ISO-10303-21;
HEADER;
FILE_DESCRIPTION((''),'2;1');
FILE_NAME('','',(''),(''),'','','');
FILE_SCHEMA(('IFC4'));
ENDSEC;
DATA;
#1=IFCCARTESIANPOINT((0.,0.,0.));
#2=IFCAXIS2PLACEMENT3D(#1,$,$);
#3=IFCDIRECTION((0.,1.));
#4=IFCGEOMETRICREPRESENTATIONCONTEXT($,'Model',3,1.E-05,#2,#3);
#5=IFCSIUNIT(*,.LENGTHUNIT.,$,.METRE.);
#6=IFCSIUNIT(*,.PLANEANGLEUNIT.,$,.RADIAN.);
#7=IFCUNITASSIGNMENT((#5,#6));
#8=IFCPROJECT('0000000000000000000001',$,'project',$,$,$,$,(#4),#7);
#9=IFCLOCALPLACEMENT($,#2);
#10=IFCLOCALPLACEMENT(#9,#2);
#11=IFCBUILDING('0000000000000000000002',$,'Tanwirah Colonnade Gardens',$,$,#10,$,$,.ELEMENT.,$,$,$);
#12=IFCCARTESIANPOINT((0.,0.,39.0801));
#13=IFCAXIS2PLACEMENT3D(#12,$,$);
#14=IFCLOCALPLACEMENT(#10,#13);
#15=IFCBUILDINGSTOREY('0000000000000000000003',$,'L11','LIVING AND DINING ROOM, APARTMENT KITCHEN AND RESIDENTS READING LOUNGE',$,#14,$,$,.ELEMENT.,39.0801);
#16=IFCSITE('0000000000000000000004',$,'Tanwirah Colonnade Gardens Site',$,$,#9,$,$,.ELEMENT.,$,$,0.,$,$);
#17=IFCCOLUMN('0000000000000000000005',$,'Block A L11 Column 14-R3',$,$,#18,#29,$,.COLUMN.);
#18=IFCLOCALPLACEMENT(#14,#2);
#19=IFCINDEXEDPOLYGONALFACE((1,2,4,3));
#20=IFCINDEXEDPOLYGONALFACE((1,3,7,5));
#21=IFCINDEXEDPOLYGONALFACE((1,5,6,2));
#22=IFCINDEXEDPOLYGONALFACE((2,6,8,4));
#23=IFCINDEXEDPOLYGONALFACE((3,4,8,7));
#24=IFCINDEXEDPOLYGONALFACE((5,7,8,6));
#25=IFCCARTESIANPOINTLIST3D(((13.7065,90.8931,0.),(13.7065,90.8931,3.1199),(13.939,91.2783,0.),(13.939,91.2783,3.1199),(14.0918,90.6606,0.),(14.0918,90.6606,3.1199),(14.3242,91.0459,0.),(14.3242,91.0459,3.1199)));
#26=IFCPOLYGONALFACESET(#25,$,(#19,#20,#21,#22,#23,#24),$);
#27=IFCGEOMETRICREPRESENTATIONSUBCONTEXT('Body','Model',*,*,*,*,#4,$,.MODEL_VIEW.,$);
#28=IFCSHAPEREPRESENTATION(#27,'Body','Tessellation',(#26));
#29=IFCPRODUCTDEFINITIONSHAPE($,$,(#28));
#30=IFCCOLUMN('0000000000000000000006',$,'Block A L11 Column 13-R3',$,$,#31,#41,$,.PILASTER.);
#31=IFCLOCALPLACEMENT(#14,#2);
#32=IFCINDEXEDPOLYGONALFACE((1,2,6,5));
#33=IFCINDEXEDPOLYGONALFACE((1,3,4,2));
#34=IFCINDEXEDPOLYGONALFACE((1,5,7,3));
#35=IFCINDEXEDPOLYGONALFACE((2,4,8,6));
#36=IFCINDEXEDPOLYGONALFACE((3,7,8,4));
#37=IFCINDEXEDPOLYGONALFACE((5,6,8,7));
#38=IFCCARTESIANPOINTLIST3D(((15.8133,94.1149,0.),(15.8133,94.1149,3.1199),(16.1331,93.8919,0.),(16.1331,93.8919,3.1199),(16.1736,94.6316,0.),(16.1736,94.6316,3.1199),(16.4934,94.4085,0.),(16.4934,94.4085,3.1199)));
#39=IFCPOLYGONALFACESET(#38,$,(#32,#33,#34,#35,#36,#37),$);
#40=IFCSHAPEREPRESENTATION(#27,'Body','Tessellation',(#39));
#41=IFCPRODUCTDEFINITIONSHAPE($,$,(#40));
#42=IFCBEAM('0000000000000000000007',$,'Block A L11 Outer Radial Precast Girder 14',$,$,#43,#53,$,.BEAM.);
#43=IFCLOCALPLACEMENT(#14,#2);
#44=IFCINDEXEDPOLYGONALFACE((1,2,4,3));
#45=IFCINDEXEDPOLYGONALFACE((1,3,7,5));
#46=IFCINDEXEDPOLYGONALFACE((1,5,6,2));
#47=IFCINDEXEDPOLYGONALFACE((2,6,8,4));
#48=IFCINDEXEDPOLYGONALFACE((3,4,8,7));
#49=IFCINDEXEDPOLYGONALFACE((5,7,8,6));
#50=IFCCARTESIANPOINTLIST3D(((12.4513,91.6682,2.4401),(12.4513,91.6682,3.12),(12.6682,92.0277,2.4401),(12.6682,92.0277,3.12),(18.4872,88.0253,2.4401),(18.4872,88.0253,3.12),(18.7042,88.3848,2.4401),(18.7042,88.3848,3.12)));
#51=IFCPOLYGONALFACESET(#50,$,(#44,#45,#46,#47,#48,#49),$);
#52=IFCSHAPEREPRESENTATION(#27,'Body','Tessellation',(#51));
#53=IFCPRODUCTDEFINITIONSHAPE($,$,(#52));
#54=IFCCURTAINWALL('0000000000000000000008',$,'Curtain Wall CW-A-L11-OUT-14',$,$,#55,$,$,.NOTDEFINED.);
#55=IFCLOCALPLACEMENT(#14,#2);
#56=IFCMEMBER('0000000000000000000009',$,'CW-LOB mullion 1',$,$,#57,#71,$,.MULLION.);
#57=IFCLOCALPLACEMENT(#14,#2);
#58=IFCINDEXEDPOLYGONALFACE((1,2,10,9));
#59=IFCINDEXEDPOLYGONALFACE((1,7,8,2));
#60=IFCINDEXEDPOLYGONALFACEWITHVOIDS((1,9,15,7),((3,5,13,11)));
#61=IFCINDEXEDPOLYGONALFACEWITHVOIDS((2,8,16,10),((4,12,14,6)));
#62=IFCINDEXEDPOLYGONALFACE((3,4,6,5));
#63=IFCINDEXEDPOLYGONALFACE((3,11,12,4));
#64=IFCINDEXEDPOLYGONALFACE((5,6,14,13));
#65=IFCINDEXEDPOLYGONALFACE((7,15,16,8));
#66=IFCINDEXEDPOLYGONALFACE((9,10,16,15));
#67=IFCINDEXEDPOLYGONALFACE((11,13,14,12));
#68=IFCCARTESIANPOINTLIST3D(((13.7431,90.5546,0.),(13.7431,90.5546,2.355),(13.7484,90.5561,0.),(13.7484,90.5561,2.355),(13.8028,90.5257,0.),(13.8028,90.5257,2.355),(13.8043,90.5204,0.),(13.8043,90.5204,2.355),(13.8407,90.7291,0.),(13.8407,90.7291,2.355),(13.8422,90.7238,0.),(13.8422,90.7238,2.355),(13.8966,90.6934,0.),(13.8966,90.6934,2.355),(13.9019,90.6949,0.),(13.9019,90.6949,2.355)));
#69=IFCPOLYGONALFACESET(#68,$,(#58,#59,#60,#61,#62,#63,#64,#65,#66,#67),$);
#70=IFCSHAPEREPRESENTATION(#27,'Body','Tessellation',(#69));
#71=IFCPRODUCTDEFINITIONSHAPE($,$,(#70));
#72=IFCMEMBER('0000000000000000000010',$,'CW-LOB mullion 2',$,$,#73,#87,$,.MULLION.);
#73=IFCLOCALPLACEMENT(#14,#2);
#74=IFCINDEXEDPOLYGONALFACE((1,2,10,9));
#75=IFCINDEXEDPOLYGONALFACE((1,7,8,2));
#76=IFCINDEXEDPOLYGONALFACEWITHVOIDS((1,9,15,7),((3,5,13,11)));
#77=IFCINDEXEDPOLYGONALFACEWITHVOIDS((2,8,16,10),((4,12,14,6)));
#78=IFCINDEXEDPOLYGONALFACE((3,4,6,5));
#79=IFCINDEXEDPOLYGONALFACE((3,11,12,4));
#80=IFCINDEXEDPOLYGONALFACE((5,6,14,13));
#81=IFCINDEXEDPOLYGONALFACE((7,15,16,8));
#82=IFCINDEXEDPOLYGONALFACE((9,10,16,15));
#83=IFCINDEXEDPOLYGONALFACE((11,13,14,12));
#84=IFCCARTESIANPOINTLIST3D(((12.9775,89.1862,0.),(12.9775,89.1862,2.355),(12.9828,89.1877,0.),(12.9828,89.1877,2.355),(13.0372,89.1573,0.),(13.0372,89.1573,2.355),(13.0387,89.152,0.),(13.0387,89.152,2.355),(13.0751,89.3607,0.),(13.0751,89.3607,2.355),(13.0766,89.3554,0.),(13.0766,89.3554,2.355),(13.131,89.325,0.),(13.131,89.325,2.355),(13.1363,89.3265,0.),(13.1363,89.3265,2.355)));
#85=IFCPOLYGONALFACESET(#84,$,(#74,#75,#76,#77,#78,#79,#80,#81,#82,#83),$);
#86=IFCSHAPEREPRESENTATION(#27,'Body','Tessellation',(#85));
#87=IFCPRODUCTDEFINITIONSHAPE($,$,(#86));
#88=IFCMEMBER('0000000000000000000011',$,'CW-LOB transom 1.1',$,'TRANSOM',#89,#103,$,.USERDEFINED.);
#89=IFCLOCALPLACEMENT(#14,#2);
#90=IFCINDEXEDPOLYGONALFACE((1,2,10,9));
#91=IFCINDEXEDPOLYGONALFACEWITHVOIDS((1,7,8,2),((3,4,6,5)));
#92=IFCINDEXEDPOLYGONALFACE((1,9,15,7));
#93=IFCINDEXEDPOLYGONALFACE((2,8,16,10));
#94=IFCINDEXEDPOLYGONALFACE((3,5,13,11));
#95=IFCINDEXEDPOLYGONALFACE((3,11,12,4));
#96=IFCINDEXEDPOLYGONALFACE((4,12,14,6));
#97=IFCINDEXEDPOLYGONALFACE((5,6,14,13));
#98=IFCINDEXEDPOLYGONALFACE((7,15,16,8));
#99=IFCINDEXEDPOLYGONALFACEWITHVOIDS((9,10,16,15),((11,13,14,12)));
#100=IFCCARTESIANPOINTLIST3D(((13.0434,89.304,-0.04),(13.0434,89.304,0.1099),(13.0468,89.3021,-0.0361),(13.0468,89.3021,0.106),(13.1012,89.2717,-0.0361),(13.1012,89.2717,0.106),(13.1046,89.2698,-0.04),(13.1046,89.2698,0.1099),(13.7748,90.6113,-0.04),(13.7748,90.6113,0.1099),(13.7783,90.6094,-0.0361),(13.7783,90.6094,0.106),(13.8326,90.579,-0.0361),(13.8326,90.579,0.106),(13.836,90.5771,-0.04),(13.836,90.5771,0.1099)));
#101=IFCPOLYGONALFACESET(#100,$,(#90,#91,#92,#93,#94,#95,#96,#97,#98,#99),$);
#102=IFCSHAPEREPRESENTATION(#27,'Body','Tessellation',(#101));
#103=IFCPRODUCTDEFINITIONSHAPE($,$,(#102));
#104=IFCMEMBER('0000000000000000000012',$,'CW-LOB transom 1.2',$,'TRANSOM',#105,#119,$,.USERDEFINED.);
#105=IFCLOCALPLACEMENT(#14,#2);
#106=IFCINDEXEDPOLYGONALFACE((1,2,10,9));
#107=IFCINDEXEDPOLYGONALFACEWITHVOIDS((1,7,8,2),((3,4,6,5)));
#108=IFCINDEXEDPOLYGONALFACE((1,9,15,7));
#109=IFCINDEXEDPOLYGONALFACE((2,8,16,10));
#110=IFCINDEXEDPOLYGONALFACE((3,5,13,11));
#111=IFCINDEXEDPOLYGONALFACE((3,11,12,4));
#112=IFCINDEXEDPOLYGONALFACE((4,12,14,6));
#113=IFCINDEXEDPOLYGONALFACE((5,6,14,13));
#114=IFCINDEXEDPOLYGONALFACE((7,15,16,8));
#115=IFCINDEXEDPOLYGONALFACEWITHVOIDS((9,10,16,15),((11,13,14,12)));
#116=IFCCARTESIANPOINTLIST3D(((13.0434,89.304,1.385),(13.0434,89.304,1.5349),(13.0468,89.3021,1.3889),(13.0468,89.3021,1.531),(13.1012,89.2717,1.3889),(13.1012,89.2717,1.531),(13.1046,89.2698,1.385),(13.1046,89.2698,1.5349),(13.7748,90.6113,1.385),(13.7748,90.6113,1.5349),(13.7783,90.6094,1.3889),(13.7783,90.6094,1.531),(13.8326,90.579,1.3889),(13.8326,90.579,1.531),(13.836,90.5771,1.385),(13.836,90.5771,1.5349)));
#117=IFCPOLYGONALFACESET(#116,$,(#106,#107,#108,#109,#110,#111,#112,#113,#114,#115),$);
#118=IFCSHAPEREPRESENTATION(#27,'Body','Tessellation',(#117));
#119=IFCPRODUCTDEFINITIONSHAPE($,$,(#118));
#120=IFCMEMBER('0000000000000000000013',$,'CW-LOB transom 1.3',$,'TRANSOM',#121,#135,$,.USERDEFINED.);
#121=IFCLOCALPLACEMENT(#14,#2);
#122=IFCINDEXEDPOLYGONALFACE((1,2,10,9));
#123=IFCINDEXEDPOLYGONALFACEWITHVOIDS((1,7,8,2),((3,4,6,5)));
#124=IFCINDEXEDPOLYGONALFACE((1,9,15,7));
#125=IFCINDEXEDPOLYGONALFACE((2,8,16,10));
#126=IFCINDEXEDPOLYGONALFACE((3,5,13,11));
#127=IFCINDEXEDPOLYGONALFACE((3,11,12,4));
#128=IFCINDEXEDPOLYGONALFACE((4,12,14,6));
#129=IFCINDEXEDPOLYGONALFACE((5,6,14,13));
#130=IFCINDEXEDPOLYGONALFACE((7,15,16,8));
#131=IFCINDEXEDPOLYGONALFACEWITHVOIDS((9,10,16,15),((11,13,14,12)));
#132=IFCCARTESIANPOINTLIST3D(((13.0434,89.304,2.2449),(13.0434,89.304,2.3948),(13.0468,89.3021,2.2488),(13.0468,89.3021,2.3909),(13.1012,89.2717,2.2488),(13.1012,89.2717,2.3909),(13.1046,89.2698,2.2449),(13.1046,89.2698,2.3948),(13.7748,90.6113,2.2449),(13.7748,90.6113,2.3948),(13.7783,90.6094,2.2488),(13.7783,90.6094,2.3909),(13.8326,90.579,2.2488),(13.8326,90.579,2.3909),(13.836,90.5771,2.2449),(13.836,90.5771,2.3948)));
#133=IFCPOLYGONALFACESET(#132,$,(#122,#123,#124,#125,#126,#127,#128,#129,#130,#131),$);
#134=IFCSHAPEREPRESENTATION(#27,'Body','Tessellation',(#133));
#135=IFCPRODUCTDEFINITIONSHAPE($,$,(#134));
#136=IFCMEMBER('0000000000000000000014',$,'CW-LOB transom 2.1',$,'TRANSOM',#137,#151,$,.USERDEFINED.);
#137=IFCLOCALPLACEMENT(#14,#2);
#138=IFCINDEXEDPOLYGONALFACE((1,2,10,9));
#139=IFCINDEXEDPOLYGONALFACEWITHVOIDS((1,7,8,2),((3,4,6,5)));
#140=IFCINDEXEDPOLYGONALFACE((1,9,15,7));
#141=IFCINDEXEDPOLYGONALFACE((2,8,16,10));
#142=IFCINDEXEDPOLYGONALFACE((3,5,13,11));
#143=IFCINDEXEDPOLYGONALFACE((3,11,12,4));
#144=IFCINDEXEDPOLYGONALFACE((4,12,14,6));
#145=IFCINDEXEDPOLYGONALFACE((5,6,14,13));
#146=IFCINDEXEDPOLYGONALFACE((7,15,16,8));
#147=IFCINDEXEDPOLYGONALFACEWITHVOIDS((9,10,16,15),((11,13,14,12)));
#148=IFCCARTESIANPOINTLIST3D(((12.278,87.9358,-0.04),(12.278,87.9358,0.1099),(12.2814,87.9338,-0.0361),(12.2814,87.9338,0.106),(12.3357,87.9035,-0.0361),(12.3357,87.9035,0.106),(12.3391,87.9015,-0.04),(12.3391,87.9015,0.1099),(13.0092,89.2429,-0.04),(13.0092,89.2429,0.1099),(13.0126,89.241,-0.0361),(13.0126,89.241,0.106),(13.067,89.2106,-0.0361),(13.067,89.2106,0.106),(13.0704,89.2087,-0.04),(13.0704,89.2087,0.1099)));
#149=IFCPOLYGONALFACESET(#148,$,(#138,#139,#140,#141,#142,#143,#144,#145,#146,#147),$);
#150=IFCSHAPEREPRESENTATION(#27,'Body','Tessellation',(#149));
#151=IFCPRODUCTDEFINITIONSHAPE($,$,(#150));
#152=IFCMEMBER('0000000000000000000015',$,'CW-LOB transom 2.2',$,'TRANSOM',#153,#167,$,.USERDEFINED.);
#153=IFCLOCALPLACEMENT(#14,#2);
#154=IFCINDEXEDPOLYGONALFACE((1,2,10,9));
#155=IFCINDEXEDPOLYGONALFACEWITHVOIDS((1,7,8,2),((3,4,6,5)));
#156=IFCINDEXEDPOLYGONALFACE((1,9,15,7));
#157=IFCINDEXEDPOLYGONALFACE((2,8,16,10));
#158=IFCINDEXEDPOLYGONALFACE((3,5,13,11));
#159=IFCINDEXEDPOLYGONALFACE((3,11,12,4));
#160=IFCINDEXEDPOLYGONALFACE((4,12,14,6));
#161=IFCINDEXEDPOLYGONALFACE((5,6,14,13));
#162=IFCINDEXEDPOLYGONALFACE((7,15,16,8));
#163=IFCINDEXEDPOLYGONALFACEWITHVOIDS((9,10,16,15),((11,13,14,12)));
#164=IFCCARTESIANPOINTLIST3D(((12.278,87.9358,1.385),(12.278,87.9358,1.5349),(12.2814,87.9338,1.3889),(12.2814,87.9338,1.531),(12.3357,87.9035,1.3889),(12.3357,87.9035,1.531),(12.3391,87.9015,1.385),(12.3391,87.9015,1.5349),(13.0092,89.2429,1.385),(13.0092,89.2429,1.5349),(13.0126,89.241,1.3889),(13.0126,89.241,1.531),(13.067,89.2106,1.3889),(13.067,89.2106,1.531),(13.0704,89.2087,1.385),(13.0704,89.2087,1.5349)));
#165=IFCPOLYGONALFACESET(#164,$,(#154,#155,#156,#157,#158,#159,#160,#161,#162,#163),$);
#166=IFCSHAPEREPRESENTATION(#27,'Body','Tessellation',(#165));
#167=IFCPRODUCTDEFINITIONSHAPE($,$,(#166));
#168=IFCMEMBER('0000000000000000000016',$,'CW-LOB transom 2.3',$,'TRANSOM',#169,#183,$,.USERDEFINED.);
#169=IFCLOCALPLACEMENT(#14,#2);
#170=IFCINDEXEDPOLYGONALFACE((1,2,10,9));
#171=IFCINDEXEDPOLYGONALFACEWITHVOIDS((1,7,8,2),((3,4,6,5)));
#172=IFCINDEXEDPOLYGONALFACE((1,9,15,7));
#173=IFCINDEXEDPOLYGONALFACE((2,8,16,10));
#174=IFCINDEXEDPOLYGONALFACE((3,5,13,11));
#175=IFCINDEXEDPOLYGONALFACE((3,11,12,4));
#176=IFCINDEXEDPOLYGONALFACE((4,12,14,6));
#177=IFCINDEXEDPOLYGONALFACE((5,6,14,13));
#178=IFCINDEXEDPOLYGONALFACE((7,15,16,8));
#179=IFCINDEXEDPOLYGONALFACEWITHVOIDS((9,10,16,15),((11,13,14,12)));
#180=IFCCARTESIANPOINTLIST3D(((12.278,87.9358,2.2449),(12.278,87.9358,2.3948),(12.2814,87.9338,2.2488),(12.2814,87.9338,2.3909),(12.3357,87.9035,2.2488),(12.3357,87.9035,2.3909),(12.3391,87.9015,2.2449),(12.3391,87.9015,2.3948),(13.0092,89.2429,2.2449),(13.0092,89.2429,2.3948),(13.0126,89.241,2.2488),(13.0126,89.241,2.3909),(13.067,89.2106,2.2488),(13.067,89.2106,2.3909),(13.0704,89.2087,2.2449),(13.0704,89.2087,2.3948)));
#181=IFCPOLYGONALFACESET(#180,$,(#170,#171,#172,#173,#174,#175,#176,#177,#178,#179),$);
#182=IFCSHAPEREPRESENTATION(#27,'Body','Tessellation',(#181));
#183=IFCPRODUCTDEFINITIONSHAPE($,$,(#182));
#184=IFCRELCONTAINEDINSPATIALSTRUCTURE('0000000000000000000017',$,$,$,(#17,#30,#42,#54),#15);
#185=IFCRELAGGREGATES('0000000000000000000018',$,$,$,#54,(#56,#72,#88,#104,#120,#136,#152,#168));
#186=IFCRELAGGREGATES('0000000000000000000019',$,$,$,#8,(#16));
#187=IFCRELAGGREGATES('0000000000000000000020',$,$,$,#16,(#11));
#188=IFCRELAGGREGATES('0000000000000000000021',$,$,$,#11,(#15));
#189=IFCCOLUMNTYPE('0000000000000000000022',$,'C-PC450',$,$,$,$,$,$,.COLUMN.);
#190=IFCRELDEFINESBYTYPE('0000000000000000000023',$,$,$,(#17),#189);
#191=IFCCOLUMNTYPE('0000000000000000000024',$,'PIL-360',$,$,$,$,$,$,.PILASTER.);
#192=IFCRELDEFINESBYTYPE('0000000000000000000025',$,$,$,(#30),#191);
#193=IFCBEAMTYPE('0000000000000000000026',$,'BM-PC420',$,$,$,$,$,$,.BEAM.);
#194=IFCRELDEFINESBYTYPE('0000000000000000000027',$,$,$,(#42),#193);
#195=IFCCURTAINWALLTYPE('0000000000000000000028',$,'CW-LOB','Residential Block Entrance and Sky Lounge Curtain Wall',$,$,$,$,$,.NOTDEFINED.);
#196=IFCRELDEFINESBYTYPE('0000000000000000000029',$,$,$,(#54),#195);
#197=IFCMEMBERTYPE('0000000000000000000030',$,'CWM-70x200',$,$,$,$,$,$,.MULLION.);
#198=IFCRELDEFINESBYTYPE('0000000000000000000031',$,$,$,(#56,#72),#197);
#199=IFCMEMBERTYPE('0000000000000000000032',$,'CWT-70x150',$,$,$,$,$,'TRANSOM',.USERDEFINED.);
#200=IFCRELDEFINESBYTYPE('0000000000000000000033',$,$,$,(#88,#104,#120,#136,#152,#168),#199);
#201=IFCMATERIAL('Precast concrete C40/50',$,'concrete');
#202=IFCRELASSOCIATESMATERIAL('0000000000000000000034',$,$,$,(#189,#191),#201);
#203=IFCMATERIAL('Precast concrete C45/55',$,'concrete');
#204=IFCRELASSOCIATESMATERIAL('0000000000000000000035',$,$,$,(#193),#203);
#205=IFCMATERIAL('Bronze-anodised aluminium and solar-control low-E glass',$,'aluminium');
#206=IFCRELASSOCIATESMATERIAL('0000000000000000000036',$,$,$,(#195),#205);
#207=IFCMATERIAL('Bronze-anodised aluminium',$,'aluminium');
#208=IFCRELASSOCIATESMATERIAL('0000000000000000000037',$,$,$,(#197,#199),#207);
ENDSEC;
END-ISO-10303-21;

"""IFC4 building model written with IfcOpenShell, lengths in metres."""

from ifc_helpers import new_model, si_unit, direction, frame, origin, origin_2d, place, context, subcontext, project, spatial, rectangle, hollow_rectangle, extrude, material, material_profile, profile_set, type_object, element, aggregate, save


model = new_model("IFC4")

# Units and contexts
model_context = context("Model", 3, precision=1e-05, world=origin(), true_north=direction((0.0, 1.0)))
body_context = subcontext(model_context, "Body", "Model", "MODEL_VIEW")
ifc_project = project(units=[si_unit("LENGTHUNIT", "METRE"), si_unit("PLANEANGLEUNIT", "RADIAN")], contexts=[model_context])

# Site, building, storey
site_placement = place(None, origin())
site = spatial("IfcSite", under=ifc_project, at=site_placement, Name="Tanwirah Colonnade Gardens Site", CompositionType="ELEMENT", RefElevation=0.0)
building_placement = place(site_placement, origin())
building = spatial("IfcBuilding", under=site, at=building_placement, Name="Tanwirah Colonnade Gardens", CompositionType="ELEMENT")
storey_placement = place(building_placement, frame((0.0, 0.0, 39.0801)))
storey = spatial("IfcBuildingStorey", under=building, at=storey_placement, Name="L11", Description="LIVING AND DINING ROOM, APARTMENT KITCHEN AND RESIDENTS READING LOUNGE", CompositionType="ELEMENT", Elevation=39.0801)

# Columns
ifc_material_1 = material(Name="Precast concrete C40/50", Category="concrete")
ifc_material_profile_1 = material_profile(ifc_material_1, rectangle(XDim=0.45, YDim=0.45, at=origin_2d()), Name="PC-COL 450x450")
ifc_profile_set_1 = profile_set([ifc_material_profile_1], Name="Precast concrete C40/50")
column_type_1 = type_object("IfcColumnType", Name="C-PC450", PredefinedType="COLUMN", material=ifc_profile_set_1)
column_1_placement = place(storey_placement, frame((14.0154, 90.9695, 0.0), z_axis=(0.0, 0.0, 1.0), x_axis=(-0.856167, 0.516699, 0.0)))
element("IfcColumn", 1, at=column_1_placement, inside=storey, type_object=column_type_1, Name="Block A L11 Column 14-R3", PredefinedType="COLUMN", context=body_context, shape_type="SweptSolid", body=[
    extrude(rectangle(XDim=0.45, YDim=0.45, at=origin_2d()), origin(), (0.0, 0.0, 1.0), 3.1199),
])
ifc_material_profile_2 = material_profile(ifc_material_1, rectangle(XDim=0.3899, YDim=0.6299, at=origin_2d()), Name="PC-PIL 390x630")
ifc_profile_set_2 = profile_set([ifc_material_profile_2], Name="Precast concrete C40/50")
column_type_2 = type_object("IfcColumnType", Name="PIL-360", PredefinedType="PILASTER", material=ifc_profile_set_2)
column_2_placement = place(storey_placement, frame((16.1533, 94.2617, 0.0), z_axis=(0.0, 0.0, 1.0), x_axis=(-0.820263, 0.571987, 0.0)))
element("IfcColumn", 2, at=column_2_placement, inside=storey, type_object=column_type_2, Name="Block A L11 Column 13-R3", PredefinedType="PILASTER", context=body_context, shape_type="SweptSolid", body=[
    extrude(rectangle(XDim=0.3899, YDim=0.6299, at=origin_2d()), origin(), (0.0, 0.0, 1.0), 3.1199),
])

# Beam
ifc_material_2 = material(Name="Precast concrete C45/55", Category="concrete")
ifc_material_profile_3 = material_profile(ifc_material_2, rectangle(XDim=0.4199, YDim=0.6799, at=origin_2d()), Name="PC-BM 420x680")
ifc_profile_set_3 = profile_set([ifc_material_profile_3], Name="Precast concrete C45/55")
beam_type_1 = type_object("IfcBeamType", Name="BM-PC420", PredefinedType="BEAM", material=ifc_profile_set_3)
beam_placement = place(storey_placement, frame((18.5957, 88.2051, 2.78), z_axis=(-0.856158, 0.516714, 0.0), x_axis=(-0.516714, -0.856158, 0.0)))
element("IfcBeam", 3, at=beam_placement, inside=storey, type_object=beam_type_1, Name="Block A L11 Outer Radial Precast Girder 14", PredefinedType="BEAM", context=body_context, shape_type="SweptSolid", body=[
    extrude(rectangle(XDim=0.4199, YDim=0.6799, at=origin_2d()), origin(), (0.0, 0.0, 1.0), 7.05),
])

# Curtain wall, members
ifc_material_3 = material(Name="Bronze-anodised aluminium and solar-control low-E glass", Category="aluminium")
curtain_wall_type = type_object("IfcCurtainWallType", Name="CW-LOB", Description="Residential Block Entrance and Sky Lounge Curtain Wall", PredefinedType="NOTDEFINED", material=ifc_material_3)
curtain_wall_placement = place(storey_placement, origin())
curtain_wall = element("IfcCurtainWall", 4, at=curtain_wall_placement, inside=storey, type_object=curtain_wall_type, Name="Curtain Wall CW-A-L11-OUT-14", PredefinedType="NOTDEFINED")
ifc_material_4 = material(Name="Bronze-anodised aluminium", Category="aluminium")
ifc_material_profile_4 = material_profile(ifc_material_4, hollow_rectangle(XDim=0.0701, YDim=0.2, WallThickness=0.0039, at=origin_2d()), Name="CW-MUL 70x200x4")
ifc_profile_set_4 = profile_set([ifc_material_profile_4], Name="Bronze-anodised aluminium")
member_type_1 = type_object("IfcMemberType", Name="CWM-70x200", PredefinedType="MULLION", material=ifc_profile_set_4)
member_1_placement = place(storey_placement, frame((13.8225, 90.6248, 0.0), z_axis=(0.0, 0.0, 1.0), x_axis=(0.872732, -0.488199, 0.0)))
member_1 = element("IfcMember", 5, at=member_1_placement, type_object=member_type_1, Name="CW-LOB mullion 1", PredefinedType="MULLION", context=body_context, shape_type="SweptSolid", body=[
    extrude(hollow_rectangle(XDim=0.0701, YDim=0.2, WallThickness=0.0039, at=origin_2d()), origin(), (0.0, 0.0, 1.0), 2.355),
])
member_2_placement = place(storey_placement, frame((13.0569, 89.2563, 0.0), z_axis=(0.0, 0.0, 1.0), x_axis=(0.872732, -0.488199, 0.0)))
member_2 = element("IfcMember", 6, at=member_2_placement, type_object=member_type_1, Name="CW-LOB mullion 2", PredefinedType="MULLION", context=body_context, shape_type="SweptSolid", body=[
    extrude(hollow_rectangle(XDim=0.0701, YDim=0.2, WallThickness=0.0039, at=origin_2d()), origin(), (0.0, 0.0, 1.0), 2.355),
])
ifc_material_profile_5 = material_profile(ifc_material_4, hollow_rectangle(XDim=0.0701, YDim=0.1499, WallThickness=0.0039, at=origin_2d()), Name="CW-TRN 70x150x4")
ifc_profile_set_5 = profile_set([ifc_material_profile_5], Name="Bronze-anodised aluminium")
member_type_2 = type_object("IfcMemberType", Name="CWT-70x150", ElementType="TRANSOM", PredefinedType="USERDEFINED", material=ifc_profile_set_5)
member_3_placement = place(storey_placement, frame((13.8054, 90.5942, 0.0349), z_axis=(-0.488256, -0.8727, 0.0), x_axis=(0.8727, -0.488256, 0.0)))
member_3 = element("IfcMember", 7, at=member_3_placement, type_object=member_type_2, Name="CW-LOB transom 1.1", ObjectType="TRANSOM", PredefinedType="USERDEFINED", context=body_context, shape_type="SweptSolid", body=[
    extrude(hollow_rectangle(XDim=0.0701, YDim=0.1499, WallThickness=0.0039, at=origin_2d()), origin(), (0.0, 0.0, 1.0), 1.498),
])
member_4_placement = place(storey_placement, frame((13.8054, 90.5942, 1.46), z_axis=(-0.488256, -0.8727, 0.0), x_axis=(0.8727, -0.488256, 0.0)))
member_4 = element("IfcMember", 8, at=member_4_placement, type_object=member_type_2, Name="CW-LOB transom 1.2", ObjectType="TRANSOM", PredefinedType="USERDEFINED", context=body_context, shape_type="SweptSolid", body=[
    extrude(hollow_rectangle(XDim=0.0701, YDim=0.1499, WallThickness=0.0039, at=origin_2d()), origin(), (0.0, 0.0, 1.0), 1.498),
])
member_5_placement = place(storey_placement, frame((13.8054, 90.5942, 2.3198), z_axis=(-0.488256, -0.8727, 0.0), x_axis=(0.8727, -0.488256, 0.0)))
member_5 = element("IfcMember", 9, at=member_5_placement, type_object=member_type_2, Name="CW-LOB transom 1.3", ObjectType="TRANSOM", PredefinedType="USERDEFINED", context=body_context, shape_type="SweptSolid", body=[
    extrude(hollow_rectangle(XDim=0.0701, YDim=0.1499, WallThickness=0.0039, at=origin_2d()), origin(), (0.0, 0.0, 1.0), 1.498),
])
member_6_placement = place(storey_placement, frame((13.0398, 89.2258, 0.0349), z_axis=(-0.488201, -0.872731, 0.0), x_axis=(0.872731, -0.488201, 0.0)))
member_6 = element("IfcMember", 10, at=member_6_placement, type_object=member_type_2, Name="CW-LOB transom 2.1", ObjectType="TRANSOM", PredefinedType="USERDEFINED", context=body_context, shape_type="SweptSolid", body=[
    extrude(hollow_rectangle(XDim=0.0701, YDim=0.1499, WallThickness=0.0039, at=origin_2d()), origin(), (0.0, 0.0, 1.0), 1.4978),
])
member_7_placement = place(storey_placement, frame((13.0398, 89.2258, 1.46), z_axis=(-0.488201, -0.872731, 0.0), x_axis=(0.872731, -0.488201, 0.0)))
member_7 = element("IfcMember", 11, at=member_7_placement, type_object=member_type_2, Name="CW-LOB transom 2.2", ObjectType="TRANSOM", PredefinedType="USERDEFINED", context=body_context, shape_type="SweptSolid", body=[
    extrude(hollow_rectangle(XDim=0.0701, YDim=0.1499, WallThickness=0.0039, at=origin_2d()), origin(), (0.0, 0.0, 1.0), 1.4978),
])
member_8_placement = place(storey_placement, frame((13.0398, 89.2258, 2.3198), z_axis=(-0.488201, -0.872731, 0.0), x_axis=(0.872731, -0.488201, 0.0)))
member_8 = element("IfcMember", 12, at=member_8_placement, type_object=member_type_2, Name="CW-LOB transom 2.3", ObjectType="TRANSOM", PredefinedType="USERDEFINED", context=body_context, shape_type="SweptSolid", body=[
    extrude(hollow_rectangle(XDim=0.0701, YDim=0.1499, WallThickness=0.0039, at=origin_2d()), origin(), (0.0, 0.0, 1.0), 1.4978),
])

aggregate(curtain_wall, [member_1, member_2, member_3, member_4, member_5, member_6, member_7, member_8])

save(model, "model.ifc")
